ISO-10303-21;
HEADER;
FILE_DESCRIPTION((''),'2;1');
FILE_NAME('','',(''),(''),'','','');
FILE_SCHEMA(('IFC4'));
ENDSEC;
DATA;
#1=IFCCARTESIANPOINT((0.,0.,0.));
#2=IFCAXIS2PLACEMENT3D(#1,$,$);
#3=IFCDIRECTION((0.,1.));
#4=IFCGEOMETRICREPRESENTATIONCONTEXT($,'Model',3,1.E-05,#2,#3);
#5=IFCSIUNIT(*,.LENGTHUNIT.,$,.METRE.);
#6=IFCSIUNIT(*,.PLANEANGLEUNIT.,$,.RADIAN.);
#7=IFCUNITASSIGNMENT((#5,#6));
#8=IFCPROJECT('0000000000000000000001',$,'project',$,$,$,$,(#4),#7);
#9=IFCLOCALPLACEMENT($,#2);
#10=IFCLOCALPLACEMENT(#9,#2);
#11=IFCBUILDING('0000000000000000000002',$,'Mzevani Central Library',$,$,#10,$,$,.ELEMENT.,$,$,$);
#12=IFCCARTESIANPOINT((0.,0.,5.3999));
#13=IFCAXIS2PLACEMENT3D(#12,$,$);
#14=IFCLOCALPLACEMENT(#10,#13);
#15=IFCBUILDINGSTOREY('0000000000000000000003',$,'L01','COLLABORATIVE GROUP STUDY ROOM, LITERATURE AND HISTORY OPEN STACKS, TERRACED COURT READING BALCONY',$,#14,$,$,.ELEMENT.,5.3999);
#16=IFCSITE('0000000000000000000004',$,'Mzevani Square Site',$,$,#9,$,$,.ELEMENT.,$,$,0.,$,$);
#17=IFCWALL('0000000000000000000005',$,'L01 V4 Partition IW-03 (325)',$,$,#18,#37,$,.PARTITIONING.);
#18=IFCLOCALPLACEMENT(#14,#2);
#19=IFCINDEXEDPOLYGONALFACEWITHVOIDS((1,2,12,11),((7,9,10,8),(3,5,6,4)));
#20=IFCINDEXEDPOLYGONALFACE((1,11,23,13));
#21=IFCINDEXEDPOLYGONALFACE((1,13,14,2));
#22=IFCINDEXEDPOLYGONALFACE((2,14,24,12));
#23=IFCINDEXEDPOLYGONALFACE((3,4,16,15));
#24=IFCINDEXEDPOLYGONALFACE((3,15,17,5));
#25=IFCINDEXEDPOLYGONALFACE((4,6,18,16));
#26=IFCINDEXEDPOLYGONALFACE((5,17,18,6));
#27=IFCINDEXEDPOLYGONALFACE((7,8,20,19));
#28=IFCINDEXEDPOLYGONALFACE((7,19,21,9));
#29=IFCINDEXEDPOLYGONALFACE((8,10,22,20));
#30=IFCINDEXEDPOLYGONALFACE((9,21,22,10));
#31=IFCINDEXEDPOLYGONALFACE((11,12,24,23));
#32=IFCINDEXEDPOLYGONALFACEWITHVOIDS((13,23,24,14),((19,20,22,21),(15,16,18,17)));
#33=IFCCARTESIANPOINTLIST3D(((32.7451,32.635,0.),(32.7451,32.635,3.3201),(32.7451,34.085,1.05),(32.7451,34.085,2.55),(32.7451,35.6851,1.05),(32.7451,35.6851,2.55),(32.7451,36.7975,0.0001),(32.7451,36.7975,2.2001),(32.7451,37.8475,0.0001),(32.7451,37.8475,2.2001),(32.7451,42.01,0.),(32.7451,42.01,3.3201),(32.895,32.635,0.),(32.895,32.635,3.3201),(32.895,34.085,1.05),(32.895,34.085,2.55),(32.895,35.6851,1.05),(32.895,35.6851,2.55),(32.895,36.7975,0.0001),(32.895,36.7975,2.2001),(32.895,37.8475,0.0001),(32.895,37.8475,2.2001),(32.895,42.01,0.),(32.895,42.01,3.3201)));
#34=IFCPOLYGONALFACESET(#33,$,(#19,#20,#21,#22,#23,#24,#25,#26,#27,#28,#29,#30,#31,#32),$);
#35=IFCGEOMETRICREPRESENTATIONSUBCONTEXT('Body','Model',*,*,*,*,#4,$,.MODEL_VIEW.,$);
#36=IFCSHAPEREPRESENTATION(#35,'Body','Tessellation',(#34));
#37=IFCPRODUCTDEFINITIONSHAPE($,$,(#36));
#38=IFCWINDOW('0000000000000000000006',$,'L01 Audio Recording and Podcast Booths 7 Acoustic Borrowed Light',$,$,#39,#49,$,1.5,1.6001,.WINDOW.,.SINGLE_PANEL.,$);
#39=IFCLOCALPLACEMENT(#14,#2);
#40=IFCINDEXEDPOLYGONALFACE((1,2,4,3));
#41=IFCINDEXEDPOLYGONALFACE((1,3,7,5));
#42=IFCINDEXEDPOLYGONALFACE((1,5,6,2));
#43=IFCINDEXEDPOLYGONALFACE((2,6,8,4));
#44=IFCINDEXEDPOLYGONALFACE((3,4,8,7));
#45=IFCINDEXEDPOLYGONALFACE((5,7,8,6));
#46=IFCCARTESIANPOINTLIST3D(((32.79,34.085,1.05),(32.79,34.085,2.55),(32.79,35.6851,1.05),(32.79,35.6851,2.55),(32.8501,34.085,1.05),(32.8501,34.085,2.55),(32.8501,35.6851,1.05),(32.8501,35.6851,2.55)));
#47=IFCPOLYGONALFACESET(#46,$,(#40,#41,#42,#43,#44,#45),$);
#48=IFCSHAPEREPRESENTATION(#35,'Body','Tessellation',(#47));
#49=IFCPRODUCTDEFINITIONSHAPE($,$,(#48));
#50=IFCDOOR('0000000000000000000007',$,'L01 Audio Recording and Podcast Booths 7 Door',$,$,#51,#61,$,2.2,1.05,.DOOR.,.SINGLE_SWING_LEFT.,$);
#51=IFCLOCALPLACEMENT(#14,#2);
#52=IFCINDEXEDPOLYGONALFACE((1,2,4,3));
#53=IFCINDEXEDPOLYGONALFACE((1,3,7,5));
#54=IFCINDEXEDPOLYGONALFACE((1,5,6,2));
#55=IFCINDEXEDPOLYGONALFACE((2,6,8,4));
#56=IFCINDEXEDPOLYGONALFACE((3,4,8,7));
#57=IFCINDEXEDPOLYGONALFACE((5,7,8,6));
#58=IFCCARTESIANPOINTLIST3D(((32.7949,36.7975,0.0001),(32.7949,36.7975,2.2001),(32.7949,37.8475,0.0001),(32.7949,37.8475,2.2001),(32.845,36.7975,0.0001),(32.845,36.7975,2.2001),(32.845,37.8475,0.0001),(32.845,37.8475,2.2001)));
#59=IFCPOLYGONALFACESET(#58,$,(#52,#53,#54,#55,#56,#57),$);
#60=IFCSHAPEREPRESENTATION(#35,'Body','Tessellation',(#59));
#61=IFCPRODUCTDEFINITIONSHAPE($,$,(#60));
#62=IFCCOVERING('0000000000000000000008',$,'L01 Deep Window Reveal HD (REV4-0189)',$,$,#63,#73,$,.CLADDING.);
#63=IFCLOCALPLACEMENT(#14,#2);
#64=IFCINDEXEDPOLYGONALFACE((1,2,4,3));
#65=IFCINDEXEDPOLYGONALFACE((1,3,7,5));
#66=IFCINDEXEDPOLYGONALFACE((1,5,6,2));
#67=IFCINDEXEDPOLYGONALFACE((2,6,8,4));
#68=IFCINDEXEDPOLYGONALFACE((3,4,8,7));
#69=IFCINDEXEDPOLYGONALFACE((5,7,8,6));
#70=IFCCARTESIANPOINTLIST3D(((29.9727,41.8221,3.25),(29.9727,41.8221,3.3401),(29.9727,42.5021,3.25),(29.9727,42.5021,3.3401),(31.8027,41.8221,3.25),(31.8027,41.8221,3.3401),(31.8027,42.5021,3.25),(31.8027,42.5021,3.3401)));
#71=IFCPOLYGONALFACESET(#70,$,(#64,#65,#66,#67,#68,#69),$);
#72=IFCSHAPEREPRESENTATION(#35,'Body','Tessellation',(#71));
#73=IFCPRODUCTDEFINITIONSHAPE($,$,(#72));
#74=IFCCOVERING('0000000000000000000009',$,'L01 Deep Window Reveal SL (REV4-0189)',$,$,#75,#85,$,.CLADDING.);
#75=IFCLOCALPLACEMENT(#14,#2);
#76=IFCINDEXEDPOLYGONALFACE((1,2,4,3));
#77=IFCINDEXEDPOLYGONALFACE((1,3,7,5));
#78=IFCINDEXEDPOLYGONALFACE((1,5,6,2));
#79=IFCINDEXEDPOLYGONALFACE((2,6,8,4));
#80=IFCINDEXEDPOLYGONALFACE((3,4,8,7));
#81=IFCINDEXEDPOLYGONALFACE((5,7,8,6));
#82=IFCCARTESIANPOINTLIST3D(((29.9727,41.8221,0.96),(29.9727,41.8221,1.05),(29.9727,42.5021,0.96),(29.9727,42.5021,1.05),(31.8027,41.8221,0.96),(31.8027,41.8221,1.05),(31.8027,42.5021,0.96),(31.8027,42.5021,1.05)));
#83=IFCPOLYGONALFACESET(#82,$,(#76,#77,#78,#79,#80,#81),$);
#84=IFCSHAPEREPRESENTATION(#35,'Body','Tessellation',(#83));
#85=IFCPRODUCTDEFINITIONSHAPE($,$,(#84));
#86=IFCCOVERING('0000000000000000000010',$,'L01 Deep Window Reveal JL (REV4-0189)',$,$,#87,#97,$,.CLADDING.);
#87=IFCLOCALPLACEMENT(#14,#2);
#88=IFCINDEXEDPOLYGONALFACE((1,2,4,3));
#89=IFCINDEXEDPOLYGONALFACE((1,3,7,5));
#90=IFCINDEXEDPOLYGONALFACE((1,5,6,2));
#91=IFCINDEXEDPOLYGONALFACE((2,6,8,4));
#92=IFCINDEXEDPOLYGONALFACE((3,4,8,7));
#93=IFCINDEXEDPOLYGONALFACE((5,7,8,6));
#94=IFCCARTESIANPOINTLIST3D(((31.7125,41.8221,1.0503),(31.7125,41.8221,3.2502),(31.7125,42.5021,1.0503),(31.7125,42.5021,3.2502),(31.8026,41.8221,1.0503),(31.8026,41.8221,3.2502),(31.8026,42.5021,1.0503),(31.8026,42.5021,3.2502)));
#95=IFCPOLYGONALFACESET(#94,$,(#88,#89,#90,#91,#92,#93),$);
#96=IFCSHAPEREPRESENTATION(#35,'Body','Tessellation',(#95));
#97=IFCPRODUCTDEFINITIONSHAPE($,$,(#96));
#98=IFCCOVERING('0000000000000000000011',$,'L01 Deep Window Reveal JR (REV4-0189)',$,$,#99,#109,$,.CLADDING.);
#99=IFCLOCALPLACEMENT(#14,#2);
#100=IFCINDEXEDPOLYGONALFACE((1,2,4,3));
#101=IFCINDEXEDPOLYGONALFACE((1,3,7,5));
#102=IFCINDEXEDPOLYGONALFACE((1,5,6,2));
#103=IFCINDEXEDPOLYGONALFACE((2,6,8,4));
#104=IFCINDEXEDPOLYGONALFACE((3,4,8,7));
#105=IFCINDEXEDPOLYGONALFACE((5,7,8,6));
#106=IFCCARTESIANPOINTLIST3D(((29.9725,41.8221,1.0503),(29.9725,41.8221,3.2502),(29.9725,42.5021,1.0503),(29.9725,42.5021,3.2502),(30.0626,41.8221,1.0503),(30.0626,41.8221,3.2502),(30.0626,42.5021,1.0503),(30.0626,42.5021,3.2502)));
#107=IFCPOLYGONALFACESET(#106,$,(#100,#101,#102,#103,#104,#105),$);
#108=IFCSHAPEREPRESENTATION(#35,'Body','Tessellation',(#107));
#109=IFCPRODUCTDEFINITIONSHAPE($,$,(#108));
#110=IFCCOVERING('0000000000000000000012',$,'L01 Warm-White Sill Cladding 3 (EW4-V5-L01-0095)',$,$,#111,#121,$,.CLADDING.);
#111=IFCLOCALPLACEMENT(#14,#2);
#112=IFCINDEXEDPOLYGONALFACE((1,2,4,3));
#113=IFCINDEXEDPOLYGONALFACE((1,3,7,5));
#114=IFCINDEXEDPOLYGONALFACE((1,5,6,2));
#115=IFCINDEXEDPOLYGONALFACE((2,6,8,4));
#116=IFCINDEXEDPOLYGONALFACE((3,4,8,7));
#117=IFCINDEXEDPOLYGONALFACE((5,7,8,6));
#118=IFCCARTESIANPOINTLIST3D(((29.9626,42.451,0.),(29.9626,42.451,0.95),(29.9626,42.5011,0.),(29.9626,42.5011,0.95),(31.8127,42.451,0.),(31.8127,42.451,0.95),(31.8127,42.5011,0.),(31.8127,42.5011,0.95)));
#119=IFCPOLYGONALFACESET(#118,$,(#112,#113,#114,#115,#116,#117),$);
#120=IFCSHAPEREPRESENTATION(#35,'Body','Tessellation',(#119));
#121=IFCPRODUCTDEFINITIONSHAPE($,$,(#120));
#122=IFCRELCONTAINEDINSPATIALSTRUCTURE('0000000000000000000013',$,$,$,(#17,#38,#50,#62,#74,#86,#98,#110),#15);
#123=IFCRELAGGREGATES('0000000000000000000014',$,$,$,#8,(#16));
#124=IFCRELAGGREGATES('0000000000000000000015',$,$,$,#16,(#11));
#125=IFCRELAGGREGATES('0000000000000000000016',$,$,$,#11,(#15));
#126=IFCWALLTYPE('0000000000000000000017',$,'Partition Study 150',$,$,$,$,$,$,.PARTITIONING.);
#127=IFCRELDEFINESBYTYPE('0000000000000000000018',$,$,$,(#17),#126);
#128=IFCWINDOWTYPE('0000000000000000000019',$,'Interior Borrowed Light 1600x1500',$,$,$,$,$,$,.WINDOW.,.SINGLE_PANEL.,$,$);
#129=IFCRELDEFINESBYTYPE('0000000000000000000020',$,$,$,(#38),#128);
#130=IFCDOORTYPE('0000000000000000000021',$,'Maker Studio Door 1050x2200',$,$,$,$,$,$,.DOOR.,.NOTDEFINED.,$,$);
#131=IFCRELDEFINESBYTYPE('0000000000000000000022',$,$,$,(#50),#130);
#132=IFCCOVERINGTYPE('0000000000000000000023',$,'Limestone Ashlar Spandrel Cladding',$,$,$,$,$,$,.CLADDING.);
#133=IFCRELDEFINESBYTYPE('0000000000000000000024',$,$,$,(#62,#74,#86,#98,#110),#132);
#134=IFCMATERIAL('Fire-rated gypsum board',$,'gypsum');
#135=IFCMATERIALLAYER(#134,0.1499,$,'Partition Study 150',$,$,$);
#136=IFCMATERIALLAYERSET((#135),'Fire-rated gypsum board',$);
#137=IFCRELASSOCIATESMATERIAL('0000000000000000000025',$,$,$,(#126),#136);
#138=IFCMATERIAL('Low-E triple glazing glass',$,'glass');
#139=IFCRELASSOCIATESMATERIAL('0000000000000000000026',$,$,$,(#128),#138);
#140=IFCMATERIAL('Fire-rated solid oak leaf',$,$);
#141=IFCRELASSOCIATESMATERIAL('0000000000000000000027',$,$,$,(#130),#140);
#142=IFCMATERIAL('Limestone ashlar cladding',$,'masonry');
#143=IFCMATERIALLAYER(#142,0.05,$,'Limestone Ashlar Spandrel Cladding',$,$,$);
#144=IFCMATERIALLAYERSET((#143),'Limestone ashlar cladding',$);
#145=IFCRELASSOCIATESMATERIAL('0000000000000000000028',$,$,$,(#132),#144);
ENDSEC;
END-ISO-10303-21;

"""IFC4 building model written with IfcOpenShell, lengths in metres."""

from ifc_helpers import new_model, si_unit, direction, frame, frame_2d, origin, origin_2d, place, context, subcontext, project, spatial, rectangle, extrude, material, layer, layer_set, type_object, element, fill, save


model = new_model("IFC4")

# Units and contexts
model_context = context("Model", 3, precision=1e-05, world=origin(), true_north=direction((0.0, 1.0)))
body_context = subcontext(model_context, "Body", "Model", "MODEL_VIEW")
ifc_project = project(units=[si_unit("LENGTHUNIT", "METRE"), si_unit("PLANEANGLEUNIT", "RADIAN")], contexts=[model_context])

# Site, building, storey
site_placement = place(None, origin())
site = spatial("IfcSite", under=ifc_project, at=site_placement, Name="Mzevani Square Site", CompositionType="ELEMENT", RefElevation=0.0)
building_placement = place(site_placement, origin())
building = spatial("IfcBuilding", under=site, at=building_placement, Name="Mzevani Central Library", CompositionType="ELEMENT")
storey_placement = place(building_placement, frame((0.0, 0.0, 5.3999)))
storey = spatial("IfcBuildingStorey", under=building, at=storey_placement, Name="L01", Description="COLLABORATIVE GROUP STUDY ROOM, LITERATURE AND HISTORY OPEN STACKS, TERRACED COURT READING BALCONY", CompositionType="ELEMENT", Elevation=5.3999)

# Wall, openings, window, door
ifc_material_1 = material(Name="Fire-rated gypsum board", Category="gypsum")
ifc_layer_1 = layer(ifc_material_1, 0.1499, Name="Partition Study 150")
ifc_layer_set_1 = layer_set([ifc_layer_1], Name="Fire-rated gypsum board")
wall_type_1 = type_object("IfcWallType", Name="Partition Study 150", PredefinedType="PARTITIONING", material=ifc_layer_set_1)
wall_1_placement = place(storey_placement, frame((32.8201, 42.01, 0.0), z_axis=(0.0, 0.0, 1.0), x_axis=(0.0, -1.0, 0.0)))
wall_1 = element("IfcWall", 1, at=wall_1_placement, inside=storey, type_object=wall_type_1, Name="L01 V4 Partition IW-03 (325)", PredefinedType="PARTITIONING", context=body_context, shape_type="SweptSolid", body=[
    extrude(rectangle(XDim=9.375, YDim=0.1499, at=frame_2d((4.6875, 0.0))), origin(), (0.0, 0.0, 1.0), 3.3201),
])
opening_1_placement = place(wall_1_placement, frame((4.1626, 0.0, 0.0)))
opening_1 = element("IfcOpeningElement", 2, at=opening_1_placement, cuts=wall_1, PredefinedType="OPENING", context=body_context, shape_type="SweptSolid", body=[
    extrude(rectangle(XDim=1.05, YDim=2.2, at=frame_2d((0.5249, 1.1001))), frame((0.0, 0.085, 0.0), z_axis=(0.0, -1.0, 0.0), x_axis=(1.0, 0.0, 0.0)), (0.0, 0.0, 1.0), 0.1699),
])
opening_2_placement = place(wall_1_placement, frame((6.325, 0.0, 1.05)))
opening_2 = element("IfcOpeningElement", 3, at=opening_2_placement, cuts=wall_1, PredefinedType="OPENING", context=body_context, shape_type="SweptSolid", body=[
    extrude(rectangle(XDim=1.6001, YDim=1.5, at=frame_2d((0.8, 0.75))), frame((0.0, 0.085, 0.0), z_axis=(0.0, -1.0, 0.0), x_axis=(1.0, 0.0, 0.0)), (0.0, 0.0, 1.0), 0.1699),
])
ifc_material_2 = material(Name="Low-E triple glazing glass", Category="glass")
window_type = type_object("IfcWindowType", Name="Interior Borrowed Light 1600x1500", PartitioningType="SINGLE_PANEL", PredefinedType="WINDOW", material=ifc_material_2)
window_placement = place(opening_2_placement, origin())
window = element("IfcWindow", 4, at=window_placement, inside=storey, type_object=window_type, Name="L01 Audio Recording and Podcast Booths 7 Acoustic Borrowed Light", OverallHeight=1.5, OverallWidth=1.6001, PartitioningType="SINGLE_PANEL", PredefinedType="WINDOW", context=body_context, shape_type="SweptSolid", body=[
    extrude(rectangle(XDim=1.6001, YDim=1.5, at=frame_2d((0.8, 0.75))), frame((0.0, 0.03, 0.0), z_axis=(0.0, -1.0, 0.0), x_axis=(1.0, 0.0, 0.0)), (0.0, 0.0, 1.0), 0.0601),
])
fill(opening_2, window)
ifc_material_3 = material(Name="Fire-rated solid oak leaf")
door_type_1 = type_object("IfcDoorType", Name="Maker Studio Door 1050x2200", OperationType="NOTDEFINED", PredefinedType="DOOR", material=ifc_material_3)
door_1_placement = place(opening_1_placement, origin())
door_1 = element("IfcDoor", 5, at=door_1_placement, inside=storey, type_object=door_type_1, Name="L01 Audio Recording and Podcast Booths 7 Door", OperationType="SINGLE_SWING_LEFT", OverallHeight=2.2, OverallWidth=1.05, PredefinedType="DOOR", context=body_context, shape_type="SweptSolid", body=[
    extrude(rectangle(XDim=1.05, YDim=2.2, at=frame_2d((0.5249, 1.1001))), frame((0.0, 0.0249, 0.0), z_axis=(0.0, -1.0, 0.0), x_axis=(1.0, 0.0, 0.0)), (0.0, 0.0, 1.0), 0.05),
])
fill(opening_1, door_1)

# Coverings
ifc_material_4 = material(Name="Limestone ashlar cladding", Category="masonry")
ifc_layer_2 = layer(ifc_material_4, 0.05, Name="Limestone Ashlar Spandrel Cladding")
ifc_layer_set_2 = layer_set([ifc_layer_2], Name="Limestone ashlar cladding")
covering_type = type_object("IfcCoveringType", Name="Limestone Ashlar Spandrel Cladding", PredefinedType="CLADDING", material=ifc_layer_set_2)
for number, where, z_axis, x_axis, name in (
    (6, (30.8877, 42.1621, 3.25), (0.0, 0.0, 1.0), (-1.0, 0.0, 0.0), "L01 Deep Window Reveal HD (REV4-0189)"),
    (7, (30.8877, 42.1621, 0.96), (0.0, 0.0, 1.0), (-1.0, 0.0, 0.0), "L01 Deep Window Reveal SL (REV4-0189)"),
):
    element("IfcCovering", number, at=place(storey_placement, frame(where, z_axis=z_axis, x_axis=x_axis)), inside=storey, type_object=covering_type, Name=name, PredefinedType="CLADDING", context=body_context, shape_type="SweptSolid", body=[
        extrude(rectangle(XDim=1.8301, YDim=0.6799, at=origin_2d()), origin(), (0.0, 0.0, 1.0), 0.0901),
    ])
for number, where, z_axis, x_axis, name in (
    (8, (31.7576, 42.1621, 1.0503), (0.0, 0.0, 1.0), (-1.0, 0.0, 0.0), "L01 Deep Window Reveal JL (REV4-0189)"),
    (9, (30.0176, 42.1621, 1.0503), (0.0, 0.0, 1.0), (-1.0, 0.0, 0.0), "L01 Deep Window Reveal JR (REV4-0189)"),
):
    element("IfcCovering", number, at=place(storey_placement, frame(where, z_axis=z_axis, x_axis=x_axis)), inside=storey, type_object=covering_type, Name=name, PredefinedType="CLADDING", context=body_context, shape_type="SweptSolid", body=[
        extrude(rectangle(XDim=0.0901, YDim=0.6799, at=origin_2d()), origin(), (0.0, 0.0, 1.0), 2.2),
    ])
covering_placement = place(storey_placement, frame((30.8877, 42.4761, 0.0), z_axis=(0.0, 0.0, 1.0), x_axis=(-1.0, 0.0, 0.0)))
element("IfcCovering", 10, at=covering_placement, inside=storey, type_object=covering_type, Name="L01 Warm-White Sill Cladding 3 (EW4-V5-L01-0095)", PredefinedType="CLADDING", context=body_context, shape_type="SweptSolid", body=[
    extrude(rectangle(XDim=1.8501, YDim=0.05, at=origin_2d()), origin(), (0.0, 0.0, 1.0), 0.95),
])

save(model, "model.ifc")
